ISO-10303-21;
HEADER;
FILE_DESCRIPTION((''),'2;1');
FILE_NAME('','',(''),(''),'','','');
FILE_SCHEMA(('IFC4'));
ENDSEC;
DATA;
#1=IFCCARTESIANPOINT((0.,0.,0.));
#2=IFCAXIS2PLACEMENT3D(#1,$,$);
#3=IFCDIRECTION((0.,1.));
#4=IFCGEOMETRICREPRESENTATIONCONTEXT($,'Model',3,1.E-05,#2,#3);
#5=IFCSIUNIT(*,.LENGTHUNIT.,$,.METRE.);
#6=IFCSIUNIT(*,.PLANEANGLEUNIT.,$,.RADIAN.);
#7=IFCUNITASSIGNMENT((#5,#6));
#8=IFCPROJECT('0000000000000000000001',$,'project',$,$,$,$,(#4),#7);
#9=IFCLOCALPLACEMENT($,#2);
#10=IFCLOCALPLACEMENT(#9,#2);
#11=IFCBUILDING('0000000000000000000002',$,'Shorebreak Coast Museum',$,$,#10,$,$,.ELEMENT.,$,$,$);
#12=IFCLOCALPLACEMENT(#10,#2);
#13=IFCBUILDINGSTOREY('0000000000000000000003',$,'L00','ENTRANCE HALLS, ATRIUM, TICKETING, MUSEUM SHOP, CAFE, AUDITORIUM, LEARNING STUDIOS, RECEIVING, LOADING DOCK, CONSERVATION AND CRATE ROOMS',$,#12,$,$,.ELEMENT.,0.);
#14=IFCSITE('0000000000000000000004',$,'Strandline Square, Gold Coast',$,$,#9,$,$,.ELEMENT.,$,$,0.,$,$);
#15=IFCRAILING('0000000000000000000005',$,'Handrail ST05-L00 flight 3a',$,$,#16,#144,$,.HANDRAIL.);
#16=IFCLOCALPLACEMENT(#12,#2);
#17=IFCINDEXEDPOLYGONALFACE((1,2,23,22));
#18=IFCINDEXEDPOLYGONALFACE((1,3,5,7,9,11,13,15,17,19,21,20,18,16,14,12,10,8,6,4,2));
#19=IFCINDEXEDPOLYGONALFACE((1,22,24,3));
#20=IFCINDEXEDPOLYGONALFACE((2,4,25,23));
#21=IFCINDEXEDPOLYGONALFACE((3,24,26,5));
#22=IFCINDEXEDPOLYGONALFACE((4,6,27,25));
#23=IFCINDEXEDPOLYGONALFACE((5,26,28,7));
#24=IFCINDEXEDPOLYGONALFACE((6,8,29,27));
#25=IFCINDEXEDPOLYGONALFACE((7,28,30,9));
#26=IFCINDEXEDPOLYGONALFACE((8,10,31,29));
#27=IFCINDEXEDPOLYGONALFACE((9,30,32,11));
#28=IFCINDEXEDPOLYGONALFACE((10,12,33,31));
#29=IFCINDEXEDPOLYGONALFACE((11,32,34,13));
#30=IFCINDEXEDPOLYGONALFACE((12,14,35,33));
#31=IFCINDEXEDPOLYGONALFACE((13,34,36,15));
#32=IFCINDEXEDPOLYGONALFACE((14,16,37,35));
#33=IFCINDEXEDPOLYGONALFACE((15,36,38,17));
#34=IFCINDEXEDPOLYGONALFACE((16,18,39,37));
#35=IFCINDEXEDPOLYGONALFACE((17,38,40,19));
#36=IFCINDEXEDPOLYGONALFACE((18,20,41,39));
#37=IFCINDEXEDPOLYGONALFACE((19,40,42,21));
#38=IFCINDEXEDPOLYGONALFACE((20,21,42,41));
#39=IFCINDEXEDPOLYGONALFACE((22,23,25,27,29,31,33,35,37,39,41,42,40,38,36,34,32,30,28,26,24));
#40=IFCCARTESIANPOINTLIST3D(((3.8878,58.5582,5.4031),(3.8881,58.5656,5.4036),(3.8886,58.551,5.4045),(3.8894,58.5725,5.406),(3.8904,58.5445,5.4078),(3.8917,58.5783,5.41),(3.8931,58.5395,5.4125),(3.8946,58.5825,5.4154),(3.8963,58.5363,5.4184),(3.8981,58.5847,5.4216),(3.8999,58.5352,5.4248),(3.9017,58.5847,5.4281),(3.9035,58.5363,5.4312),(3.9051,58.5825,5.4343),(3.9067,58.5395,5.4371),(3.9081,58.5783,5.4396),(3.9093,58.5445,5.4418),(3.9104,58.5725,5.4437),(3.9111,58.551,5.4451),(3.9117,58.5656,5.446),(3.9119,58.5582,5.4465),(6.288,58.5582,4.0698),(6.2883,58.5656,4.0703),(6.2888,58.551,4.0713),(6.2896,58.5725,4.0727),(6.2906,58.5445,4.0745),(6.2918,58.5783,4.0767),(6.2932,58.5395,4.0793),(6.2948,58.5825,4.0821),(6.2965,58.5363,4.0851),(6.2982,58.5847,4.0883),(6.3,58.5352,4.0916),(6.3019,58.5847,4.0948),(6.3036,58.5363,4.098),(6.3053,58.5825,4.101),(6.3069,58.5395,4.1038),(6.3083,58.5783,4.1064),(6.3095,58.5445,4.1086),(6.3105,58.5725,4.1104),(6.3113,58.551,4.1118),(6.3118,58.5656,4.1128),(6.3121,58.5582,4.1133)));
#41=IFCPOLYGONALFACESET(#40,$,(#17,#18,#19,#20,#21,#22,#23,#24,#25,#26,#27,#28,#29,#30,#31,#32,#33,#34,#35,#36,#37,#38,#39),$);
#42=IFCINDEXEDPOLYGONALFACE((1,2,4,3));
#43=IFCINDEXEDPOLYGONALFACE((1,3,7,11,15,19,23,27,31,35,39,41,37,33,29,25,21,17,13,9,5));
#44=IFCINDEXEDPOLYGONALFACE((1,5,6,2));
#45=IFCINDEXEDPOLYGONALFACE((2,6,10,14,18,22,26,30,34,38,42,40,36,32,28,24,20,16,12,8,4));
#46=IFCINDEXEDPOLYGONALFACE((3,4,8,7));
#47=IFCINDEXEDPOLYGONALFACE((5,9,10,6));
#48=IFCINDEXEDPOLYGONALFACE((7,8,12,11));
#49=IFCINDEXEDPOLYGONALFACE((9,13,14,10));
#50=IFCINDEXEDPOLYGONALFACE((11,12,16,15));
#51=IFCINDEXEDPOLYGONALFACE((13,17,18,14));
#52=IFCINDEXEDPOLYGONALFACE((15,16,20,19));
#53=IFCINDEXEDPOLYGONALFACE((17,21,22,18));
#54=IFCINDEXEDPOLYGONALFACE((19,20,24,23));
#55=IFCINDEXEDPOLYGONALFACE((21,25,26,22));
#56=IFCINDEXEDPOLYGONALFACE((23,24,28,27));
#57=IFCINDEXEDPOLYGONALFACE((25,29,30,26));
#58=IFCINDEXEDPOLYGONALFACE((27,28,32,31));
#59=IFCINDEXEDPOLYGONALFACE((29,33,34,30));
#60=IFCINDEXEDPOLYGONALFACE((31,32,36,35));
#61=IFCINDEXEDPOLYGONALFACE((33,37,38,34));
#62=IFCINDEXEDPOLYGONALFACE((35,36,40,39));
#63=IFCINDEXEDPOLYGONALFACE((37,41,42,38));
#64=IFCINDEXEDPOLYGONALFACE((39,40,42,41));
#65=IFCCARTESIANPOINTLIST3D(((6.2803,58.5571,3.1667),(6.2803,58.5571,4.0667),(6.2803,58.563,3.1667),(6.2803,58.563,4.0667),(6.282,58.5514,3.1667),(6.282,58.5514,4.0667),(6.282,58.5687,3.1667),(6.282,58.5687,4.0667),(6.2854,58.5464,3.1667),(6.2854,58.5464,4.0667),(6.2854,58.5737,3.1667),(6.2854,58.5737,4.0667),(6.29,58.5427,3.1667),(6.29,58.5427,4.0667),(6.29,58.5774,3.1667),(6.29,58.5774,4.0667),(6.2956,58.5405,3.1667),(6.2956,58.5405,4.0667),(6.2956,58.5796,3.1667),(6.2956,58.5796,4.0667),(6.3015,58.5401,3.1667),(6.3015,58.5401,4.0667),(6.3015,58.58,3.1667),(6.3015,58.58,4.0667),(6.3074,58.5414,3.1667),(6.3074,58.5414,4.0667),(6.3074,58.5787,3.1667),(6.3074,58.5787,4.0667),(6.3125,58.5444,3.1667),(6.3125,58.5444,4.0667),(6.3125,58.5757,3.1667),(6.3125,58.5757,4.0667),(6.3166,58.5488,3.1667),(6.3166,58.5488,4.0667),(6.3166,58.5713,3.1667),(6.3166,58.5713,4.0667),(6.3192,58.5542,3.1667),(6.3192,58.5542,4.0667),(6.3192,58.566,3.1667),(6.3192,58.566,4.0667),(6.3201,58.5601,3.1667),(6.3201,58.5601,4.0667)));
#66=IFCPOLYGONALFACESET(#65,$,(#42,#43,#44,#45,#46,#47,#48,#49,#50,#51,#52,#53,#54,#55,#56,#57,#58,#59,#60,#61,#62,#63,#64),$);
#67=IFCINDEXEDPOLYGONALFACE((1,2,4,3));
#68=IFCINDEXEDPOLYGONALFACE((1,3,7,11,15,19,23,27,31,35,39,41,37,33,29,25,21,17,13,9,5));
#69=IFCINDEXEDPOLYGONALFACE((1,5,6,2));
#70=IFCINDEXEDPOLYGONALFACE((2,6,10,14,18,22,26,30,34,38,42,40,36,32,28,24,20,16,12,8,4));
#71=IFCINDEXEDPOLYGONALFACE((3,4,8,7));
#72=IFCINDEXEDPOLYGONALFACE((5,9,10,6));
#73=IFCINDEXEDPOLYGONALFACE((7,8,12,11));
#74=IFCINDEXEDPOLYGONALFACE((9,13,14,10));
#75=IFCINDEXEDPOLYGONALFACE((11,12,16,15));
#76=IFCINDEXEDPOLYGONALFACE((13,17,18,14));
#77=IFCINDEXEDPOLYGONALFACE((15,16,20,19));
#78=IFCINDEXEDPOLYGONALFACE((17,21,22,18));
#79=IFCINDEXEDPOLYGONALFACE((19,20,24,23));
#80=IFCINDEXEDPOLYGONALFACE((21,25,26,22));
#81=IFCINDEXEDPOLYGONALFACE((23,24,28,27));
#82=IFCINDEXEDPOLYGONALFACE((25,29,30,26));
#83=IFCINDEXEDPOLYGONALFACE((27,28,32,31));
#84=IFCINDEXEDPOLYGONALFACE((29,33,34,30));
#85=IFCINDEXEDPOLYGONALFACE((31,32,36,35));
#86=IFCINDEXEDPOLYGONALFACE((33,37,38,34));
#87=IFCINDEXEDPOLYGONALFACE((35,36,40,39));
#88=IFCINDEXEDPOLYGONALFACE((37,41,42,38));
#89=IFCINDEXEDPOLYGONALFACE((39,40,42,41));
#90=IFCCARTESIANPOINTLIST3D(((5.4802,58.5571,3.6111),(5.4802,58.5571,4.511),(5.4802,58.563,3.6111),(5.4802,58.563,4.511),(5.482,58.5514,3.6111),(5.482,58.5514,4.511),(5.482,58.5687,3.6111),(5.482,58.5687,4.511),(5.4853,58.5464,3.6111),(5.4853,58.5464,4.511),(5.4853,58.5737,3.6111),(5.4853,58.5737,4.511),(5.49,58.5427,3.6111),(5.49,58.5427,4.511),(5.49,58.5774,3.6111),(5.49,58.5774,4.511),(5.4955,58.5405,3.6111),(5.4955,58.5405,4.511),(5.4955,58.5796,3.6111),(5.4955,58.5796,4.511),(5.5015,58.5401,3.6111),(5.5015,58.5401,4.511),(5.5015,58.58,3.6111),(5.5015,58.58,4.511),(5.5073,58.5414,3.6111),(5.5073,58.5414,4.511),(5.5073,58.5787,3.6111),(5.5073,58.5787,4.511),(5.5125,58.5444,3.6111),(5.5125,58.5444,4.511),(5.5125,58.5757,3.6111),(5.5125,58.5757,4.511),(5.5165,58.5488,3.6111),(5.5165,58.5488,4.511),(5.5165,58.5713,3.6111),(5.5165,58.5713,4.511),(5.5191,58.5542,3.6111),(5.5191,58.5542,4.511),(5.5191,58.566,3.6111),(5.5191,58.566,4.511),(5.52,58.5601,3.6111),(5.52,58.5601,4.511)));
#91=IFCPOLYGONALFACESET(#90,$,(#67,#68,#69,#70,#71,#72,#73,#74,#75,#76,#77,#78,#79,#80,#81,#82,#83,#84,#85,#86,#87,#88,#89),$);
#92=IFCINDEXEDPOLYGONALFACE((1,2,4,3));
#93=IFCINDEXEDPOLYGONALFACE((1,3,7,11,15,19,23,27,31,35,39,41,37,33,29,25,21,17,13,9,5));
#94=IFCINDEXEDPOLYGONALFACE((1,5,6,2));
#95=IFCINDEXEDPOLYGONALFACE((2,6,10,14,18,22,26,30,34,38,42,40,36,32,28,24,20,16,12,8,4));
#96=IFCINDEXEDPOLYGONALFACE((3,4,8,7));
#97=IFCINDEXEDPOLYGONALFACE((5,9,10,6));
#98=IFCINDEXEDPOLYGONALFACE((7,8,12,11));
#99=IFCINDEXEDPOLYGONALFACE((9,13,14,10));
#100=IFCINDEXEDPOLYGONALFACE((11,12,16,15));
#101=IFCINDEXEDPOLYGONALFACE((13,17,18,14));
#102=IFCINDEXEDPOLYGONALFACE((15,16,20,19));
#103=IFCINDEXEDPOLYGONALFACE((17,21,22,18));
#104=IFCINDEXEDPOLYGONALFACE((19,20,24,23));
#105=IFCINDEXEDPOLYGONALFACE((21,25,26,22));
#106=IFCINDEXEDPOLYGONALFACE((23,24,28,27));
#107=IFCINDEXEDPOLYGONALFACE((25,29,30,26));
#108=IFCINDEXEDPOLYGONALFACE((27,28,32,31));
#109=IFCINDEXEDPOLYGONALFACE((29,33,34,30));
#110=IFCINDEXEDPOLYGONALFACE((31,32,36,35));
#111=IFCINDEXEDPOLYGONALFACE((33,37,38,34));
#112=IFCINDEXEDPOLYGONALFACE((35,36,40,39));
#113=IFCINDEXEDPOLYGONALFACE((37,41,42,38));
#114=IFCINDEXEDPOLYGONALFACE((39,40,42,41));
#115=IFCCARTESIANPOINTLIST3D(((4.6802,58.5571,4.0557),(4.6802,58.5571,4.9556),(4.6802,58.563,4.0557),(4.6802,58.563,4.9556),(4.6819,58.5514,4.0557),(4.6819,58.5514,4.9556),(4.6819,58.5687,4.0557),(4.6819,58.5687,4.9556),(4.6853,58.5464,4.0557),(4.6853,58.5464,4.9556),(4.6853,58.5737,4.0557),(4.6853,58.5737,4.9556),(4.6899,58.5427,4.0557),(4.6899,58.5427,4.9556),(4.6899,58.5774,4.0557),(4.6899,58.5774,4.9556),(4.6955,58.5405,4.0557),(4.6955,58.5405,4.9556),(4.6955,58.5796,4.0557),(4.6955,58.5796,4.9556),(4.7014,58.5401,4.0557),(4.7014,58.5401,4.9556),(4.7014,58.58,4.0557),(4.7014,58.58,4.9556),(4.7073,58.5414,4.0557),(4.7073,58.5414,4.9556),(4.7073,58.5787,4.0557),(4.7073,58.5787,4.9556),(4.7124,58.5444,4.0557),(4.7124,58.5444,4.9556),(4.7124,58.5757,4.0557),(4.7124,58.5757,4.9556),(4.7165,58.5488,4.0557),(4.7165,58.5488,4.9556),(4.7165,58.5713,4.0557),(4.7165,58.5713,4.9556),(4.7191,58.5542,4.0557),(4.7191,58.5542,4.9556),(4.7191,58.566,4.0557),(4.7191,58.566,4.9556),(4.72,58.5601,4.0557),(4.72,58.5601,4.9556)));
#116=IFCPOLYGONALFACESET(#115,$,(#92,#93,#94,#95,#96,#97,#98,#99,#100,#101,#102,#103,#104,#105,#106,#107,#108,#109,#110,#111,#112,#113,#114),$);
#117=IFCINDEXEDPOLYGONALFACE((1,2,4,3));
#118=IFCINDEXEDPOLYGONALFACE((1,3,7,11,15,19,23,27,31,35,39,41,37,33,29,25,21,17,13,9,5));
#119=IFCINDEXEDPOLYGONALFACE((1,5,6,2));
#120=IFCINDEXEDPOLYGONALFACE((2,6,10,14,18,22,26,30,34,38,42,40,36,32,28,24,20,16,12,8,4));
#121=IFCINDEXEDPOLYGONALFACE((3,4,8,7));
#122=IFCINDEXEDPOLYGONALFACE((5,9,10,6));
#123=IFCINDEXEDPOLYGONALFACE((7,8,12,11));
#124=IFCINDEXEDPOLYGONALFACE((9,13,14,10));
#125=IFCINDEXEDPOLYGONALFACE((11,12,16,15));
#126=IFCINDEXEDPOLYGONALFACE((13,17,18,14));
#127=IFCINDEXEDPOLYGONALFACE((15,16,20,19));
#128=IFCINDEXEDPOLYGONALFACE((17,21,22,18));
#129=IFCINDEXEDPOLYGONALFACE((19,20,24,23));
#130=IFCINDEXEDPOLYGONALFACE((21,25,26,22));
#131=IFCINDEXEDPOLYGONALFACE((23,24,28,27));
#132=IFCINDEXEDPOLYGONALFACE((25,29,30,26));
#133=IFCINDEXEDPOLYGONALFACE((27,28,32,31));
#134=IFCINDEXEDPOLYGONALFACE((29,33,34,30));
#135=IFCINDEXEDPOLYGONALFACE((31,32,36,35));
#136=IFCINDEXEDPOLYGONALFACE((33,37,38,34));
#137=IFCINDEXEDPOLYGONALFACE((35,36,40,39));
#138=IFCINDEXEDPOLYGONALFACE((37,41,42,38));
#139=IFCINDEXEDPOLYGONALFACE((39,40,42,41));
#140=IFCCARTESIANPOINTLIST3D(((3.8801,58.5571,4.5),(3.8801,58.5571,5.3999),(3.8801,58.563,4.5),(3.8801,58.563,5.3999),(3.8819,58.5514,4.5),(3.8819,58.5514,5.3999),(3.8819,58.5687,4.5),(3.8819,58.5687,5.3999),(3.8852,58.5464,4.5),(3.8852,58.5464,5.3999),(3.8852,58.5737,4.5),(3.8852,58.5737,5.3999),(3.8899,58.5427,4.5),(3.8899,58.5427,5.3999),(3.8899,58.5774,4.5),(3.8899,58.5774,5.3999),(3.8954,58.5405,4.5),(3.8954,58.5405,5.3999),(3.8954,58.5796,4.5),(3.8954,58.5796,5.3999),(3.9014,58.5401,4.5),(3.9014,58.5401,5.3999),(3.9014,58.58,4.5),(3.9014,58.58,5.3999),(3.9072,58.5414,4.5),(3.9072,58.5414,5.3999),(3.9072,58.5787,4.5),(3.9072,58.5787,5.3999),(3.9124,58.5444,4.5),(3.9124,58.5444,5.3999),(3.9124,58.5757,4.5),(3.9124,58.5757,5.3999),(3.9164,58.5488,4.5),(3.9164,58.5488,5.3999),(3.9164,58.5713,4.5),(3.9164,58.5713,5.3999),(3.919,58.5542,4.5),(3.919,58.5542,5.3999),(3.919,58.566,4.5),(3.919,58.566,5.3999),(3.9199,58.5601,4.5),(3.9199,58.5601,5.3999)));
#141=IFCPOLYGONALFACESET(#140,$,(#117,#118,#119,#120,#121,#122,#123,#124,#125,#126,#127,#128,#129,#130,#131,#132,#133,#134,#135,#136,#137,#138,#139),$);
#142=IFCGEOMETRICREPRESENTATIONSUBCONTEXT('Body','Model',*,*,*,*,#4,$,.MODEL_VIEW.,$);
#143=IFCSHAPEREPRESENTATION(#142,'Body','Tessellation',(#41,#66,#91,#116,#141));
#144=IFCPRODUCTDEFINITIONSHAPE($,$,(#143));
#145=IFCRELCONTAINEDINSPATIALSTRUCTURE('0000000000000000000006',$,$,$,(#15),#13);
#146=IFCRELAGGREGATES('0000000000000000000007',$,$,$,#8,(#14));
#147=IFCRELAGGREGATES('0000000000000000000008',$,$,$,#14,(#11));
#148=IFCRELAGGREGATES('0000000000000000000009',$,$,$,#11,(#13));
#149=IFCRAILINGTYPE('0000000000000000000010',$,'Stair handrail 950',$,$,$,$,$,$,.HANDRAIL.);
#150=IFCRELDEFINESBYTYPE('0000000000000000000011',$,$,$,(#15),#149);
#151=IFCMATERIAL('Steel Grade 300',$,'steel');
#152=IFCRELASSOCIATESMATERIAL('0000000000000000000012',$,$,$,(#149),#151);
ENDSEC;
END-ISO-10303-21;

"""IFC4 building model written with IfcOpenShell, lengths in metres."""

from ifc_helpers import new_model, si_unit, direction, frame, origin, origin_2d, place, context, subcontext, project, spatial, circle, extrude, material, type_object, element, save


model = new_model("IFC4")

# Units and contexts
model_context = context("Model", 3, precision=1e-05, world=origin(), true_north=direction((0.0, 1.0)))
body_context = subcontext(model_context, "Body", "Model", "MODEL_VIEW")
ifc_project = project(units=[si_unit("LENGTHUNIT", "METRE"), si_unit("PLANEANGLEUNIT", "RADIAN")], contexts=[model_context])

# Site, building, storey
site_placement = place(None, origin())
site = spatial("IfcSite", under=ifc_project, at=site_placement, Name="Strandline Square, Gold Coast", CompositionType="ELEMENT", RefElevation=0.0)
building_placement = place(site_placement, origin())
building = spatial("IfcBuilding", under=site, at=building_placement, Name="Shorebreak Coast Museum", CompositionType="ELEMENT")
storey_placement = place(building_placement, origin())
storey = spatial("IfcBuildingStorey", under=building, at=storey_placement, Name="L00", Description="ENTRANCE HALLS, ATRIUM, TICKETING, MUSEUM SHOP, CAFE, AUDITORIUM, LEARNING STUDIOS, RECEIVING, LOADING DOCK, CONSERVATION AND CRATE ROOMS", CompositionType="ELEMENT", Elevation=0.0)

# Railing
ifc_material_1 = material(Name="Steel Grade 300", Category="steel")
railing_type_1 = type_object("IfcRailingType", Name="Stair handrail 950", PredefinedType="HANDRAIL", material=ifc_material_1)
for number, where, name in (
    (1, (6.3, 58.5601, 3.1667), "Handrail ST05-L00 flight 3a"),
):
    element("IfcRailing", number, at=place(storey_placement, frame(where)), inside=storey, type_object=railing_type_1, Name=name, PredefinedType="HANDRAIL", context=body_context, shape_type="SweptSolid", body=[
        extrude(circle(Radius=0.0249, at=origin_2d()), frame((0.0, 0.0, 0.9248), z_axis=(-0.874182, 0.0, 0.485598), x_axis=(0.0, -1.0, 0.0)), (0.0, 0.0, 1.0), 2.7456),
        extrude(circle(Radius=0.02, at=origin_2d()), origin(), (0.0, 0.0, 1.0), 0.8999),
        extrude(circle(Radius=0.02, at=origin_2d()), frame((-0.8, 0.0, 0.4443)), (0.0, 0.0, 1.0), 0.8999),
        extrude(circle(Radius=0.02, at=origin_2d()), frame((-1.6001, 0.0, 0.8889)), (0.0, 0.0, 1.0), 0.8999),
        extrude(circle(Radius=0.02, at=origin_2d()), frame((-2.4001, 0.0, 1.3333)), (0.0, 0.0, 1.0), 0.8999),
    ])

save(model, "model.ifc")
